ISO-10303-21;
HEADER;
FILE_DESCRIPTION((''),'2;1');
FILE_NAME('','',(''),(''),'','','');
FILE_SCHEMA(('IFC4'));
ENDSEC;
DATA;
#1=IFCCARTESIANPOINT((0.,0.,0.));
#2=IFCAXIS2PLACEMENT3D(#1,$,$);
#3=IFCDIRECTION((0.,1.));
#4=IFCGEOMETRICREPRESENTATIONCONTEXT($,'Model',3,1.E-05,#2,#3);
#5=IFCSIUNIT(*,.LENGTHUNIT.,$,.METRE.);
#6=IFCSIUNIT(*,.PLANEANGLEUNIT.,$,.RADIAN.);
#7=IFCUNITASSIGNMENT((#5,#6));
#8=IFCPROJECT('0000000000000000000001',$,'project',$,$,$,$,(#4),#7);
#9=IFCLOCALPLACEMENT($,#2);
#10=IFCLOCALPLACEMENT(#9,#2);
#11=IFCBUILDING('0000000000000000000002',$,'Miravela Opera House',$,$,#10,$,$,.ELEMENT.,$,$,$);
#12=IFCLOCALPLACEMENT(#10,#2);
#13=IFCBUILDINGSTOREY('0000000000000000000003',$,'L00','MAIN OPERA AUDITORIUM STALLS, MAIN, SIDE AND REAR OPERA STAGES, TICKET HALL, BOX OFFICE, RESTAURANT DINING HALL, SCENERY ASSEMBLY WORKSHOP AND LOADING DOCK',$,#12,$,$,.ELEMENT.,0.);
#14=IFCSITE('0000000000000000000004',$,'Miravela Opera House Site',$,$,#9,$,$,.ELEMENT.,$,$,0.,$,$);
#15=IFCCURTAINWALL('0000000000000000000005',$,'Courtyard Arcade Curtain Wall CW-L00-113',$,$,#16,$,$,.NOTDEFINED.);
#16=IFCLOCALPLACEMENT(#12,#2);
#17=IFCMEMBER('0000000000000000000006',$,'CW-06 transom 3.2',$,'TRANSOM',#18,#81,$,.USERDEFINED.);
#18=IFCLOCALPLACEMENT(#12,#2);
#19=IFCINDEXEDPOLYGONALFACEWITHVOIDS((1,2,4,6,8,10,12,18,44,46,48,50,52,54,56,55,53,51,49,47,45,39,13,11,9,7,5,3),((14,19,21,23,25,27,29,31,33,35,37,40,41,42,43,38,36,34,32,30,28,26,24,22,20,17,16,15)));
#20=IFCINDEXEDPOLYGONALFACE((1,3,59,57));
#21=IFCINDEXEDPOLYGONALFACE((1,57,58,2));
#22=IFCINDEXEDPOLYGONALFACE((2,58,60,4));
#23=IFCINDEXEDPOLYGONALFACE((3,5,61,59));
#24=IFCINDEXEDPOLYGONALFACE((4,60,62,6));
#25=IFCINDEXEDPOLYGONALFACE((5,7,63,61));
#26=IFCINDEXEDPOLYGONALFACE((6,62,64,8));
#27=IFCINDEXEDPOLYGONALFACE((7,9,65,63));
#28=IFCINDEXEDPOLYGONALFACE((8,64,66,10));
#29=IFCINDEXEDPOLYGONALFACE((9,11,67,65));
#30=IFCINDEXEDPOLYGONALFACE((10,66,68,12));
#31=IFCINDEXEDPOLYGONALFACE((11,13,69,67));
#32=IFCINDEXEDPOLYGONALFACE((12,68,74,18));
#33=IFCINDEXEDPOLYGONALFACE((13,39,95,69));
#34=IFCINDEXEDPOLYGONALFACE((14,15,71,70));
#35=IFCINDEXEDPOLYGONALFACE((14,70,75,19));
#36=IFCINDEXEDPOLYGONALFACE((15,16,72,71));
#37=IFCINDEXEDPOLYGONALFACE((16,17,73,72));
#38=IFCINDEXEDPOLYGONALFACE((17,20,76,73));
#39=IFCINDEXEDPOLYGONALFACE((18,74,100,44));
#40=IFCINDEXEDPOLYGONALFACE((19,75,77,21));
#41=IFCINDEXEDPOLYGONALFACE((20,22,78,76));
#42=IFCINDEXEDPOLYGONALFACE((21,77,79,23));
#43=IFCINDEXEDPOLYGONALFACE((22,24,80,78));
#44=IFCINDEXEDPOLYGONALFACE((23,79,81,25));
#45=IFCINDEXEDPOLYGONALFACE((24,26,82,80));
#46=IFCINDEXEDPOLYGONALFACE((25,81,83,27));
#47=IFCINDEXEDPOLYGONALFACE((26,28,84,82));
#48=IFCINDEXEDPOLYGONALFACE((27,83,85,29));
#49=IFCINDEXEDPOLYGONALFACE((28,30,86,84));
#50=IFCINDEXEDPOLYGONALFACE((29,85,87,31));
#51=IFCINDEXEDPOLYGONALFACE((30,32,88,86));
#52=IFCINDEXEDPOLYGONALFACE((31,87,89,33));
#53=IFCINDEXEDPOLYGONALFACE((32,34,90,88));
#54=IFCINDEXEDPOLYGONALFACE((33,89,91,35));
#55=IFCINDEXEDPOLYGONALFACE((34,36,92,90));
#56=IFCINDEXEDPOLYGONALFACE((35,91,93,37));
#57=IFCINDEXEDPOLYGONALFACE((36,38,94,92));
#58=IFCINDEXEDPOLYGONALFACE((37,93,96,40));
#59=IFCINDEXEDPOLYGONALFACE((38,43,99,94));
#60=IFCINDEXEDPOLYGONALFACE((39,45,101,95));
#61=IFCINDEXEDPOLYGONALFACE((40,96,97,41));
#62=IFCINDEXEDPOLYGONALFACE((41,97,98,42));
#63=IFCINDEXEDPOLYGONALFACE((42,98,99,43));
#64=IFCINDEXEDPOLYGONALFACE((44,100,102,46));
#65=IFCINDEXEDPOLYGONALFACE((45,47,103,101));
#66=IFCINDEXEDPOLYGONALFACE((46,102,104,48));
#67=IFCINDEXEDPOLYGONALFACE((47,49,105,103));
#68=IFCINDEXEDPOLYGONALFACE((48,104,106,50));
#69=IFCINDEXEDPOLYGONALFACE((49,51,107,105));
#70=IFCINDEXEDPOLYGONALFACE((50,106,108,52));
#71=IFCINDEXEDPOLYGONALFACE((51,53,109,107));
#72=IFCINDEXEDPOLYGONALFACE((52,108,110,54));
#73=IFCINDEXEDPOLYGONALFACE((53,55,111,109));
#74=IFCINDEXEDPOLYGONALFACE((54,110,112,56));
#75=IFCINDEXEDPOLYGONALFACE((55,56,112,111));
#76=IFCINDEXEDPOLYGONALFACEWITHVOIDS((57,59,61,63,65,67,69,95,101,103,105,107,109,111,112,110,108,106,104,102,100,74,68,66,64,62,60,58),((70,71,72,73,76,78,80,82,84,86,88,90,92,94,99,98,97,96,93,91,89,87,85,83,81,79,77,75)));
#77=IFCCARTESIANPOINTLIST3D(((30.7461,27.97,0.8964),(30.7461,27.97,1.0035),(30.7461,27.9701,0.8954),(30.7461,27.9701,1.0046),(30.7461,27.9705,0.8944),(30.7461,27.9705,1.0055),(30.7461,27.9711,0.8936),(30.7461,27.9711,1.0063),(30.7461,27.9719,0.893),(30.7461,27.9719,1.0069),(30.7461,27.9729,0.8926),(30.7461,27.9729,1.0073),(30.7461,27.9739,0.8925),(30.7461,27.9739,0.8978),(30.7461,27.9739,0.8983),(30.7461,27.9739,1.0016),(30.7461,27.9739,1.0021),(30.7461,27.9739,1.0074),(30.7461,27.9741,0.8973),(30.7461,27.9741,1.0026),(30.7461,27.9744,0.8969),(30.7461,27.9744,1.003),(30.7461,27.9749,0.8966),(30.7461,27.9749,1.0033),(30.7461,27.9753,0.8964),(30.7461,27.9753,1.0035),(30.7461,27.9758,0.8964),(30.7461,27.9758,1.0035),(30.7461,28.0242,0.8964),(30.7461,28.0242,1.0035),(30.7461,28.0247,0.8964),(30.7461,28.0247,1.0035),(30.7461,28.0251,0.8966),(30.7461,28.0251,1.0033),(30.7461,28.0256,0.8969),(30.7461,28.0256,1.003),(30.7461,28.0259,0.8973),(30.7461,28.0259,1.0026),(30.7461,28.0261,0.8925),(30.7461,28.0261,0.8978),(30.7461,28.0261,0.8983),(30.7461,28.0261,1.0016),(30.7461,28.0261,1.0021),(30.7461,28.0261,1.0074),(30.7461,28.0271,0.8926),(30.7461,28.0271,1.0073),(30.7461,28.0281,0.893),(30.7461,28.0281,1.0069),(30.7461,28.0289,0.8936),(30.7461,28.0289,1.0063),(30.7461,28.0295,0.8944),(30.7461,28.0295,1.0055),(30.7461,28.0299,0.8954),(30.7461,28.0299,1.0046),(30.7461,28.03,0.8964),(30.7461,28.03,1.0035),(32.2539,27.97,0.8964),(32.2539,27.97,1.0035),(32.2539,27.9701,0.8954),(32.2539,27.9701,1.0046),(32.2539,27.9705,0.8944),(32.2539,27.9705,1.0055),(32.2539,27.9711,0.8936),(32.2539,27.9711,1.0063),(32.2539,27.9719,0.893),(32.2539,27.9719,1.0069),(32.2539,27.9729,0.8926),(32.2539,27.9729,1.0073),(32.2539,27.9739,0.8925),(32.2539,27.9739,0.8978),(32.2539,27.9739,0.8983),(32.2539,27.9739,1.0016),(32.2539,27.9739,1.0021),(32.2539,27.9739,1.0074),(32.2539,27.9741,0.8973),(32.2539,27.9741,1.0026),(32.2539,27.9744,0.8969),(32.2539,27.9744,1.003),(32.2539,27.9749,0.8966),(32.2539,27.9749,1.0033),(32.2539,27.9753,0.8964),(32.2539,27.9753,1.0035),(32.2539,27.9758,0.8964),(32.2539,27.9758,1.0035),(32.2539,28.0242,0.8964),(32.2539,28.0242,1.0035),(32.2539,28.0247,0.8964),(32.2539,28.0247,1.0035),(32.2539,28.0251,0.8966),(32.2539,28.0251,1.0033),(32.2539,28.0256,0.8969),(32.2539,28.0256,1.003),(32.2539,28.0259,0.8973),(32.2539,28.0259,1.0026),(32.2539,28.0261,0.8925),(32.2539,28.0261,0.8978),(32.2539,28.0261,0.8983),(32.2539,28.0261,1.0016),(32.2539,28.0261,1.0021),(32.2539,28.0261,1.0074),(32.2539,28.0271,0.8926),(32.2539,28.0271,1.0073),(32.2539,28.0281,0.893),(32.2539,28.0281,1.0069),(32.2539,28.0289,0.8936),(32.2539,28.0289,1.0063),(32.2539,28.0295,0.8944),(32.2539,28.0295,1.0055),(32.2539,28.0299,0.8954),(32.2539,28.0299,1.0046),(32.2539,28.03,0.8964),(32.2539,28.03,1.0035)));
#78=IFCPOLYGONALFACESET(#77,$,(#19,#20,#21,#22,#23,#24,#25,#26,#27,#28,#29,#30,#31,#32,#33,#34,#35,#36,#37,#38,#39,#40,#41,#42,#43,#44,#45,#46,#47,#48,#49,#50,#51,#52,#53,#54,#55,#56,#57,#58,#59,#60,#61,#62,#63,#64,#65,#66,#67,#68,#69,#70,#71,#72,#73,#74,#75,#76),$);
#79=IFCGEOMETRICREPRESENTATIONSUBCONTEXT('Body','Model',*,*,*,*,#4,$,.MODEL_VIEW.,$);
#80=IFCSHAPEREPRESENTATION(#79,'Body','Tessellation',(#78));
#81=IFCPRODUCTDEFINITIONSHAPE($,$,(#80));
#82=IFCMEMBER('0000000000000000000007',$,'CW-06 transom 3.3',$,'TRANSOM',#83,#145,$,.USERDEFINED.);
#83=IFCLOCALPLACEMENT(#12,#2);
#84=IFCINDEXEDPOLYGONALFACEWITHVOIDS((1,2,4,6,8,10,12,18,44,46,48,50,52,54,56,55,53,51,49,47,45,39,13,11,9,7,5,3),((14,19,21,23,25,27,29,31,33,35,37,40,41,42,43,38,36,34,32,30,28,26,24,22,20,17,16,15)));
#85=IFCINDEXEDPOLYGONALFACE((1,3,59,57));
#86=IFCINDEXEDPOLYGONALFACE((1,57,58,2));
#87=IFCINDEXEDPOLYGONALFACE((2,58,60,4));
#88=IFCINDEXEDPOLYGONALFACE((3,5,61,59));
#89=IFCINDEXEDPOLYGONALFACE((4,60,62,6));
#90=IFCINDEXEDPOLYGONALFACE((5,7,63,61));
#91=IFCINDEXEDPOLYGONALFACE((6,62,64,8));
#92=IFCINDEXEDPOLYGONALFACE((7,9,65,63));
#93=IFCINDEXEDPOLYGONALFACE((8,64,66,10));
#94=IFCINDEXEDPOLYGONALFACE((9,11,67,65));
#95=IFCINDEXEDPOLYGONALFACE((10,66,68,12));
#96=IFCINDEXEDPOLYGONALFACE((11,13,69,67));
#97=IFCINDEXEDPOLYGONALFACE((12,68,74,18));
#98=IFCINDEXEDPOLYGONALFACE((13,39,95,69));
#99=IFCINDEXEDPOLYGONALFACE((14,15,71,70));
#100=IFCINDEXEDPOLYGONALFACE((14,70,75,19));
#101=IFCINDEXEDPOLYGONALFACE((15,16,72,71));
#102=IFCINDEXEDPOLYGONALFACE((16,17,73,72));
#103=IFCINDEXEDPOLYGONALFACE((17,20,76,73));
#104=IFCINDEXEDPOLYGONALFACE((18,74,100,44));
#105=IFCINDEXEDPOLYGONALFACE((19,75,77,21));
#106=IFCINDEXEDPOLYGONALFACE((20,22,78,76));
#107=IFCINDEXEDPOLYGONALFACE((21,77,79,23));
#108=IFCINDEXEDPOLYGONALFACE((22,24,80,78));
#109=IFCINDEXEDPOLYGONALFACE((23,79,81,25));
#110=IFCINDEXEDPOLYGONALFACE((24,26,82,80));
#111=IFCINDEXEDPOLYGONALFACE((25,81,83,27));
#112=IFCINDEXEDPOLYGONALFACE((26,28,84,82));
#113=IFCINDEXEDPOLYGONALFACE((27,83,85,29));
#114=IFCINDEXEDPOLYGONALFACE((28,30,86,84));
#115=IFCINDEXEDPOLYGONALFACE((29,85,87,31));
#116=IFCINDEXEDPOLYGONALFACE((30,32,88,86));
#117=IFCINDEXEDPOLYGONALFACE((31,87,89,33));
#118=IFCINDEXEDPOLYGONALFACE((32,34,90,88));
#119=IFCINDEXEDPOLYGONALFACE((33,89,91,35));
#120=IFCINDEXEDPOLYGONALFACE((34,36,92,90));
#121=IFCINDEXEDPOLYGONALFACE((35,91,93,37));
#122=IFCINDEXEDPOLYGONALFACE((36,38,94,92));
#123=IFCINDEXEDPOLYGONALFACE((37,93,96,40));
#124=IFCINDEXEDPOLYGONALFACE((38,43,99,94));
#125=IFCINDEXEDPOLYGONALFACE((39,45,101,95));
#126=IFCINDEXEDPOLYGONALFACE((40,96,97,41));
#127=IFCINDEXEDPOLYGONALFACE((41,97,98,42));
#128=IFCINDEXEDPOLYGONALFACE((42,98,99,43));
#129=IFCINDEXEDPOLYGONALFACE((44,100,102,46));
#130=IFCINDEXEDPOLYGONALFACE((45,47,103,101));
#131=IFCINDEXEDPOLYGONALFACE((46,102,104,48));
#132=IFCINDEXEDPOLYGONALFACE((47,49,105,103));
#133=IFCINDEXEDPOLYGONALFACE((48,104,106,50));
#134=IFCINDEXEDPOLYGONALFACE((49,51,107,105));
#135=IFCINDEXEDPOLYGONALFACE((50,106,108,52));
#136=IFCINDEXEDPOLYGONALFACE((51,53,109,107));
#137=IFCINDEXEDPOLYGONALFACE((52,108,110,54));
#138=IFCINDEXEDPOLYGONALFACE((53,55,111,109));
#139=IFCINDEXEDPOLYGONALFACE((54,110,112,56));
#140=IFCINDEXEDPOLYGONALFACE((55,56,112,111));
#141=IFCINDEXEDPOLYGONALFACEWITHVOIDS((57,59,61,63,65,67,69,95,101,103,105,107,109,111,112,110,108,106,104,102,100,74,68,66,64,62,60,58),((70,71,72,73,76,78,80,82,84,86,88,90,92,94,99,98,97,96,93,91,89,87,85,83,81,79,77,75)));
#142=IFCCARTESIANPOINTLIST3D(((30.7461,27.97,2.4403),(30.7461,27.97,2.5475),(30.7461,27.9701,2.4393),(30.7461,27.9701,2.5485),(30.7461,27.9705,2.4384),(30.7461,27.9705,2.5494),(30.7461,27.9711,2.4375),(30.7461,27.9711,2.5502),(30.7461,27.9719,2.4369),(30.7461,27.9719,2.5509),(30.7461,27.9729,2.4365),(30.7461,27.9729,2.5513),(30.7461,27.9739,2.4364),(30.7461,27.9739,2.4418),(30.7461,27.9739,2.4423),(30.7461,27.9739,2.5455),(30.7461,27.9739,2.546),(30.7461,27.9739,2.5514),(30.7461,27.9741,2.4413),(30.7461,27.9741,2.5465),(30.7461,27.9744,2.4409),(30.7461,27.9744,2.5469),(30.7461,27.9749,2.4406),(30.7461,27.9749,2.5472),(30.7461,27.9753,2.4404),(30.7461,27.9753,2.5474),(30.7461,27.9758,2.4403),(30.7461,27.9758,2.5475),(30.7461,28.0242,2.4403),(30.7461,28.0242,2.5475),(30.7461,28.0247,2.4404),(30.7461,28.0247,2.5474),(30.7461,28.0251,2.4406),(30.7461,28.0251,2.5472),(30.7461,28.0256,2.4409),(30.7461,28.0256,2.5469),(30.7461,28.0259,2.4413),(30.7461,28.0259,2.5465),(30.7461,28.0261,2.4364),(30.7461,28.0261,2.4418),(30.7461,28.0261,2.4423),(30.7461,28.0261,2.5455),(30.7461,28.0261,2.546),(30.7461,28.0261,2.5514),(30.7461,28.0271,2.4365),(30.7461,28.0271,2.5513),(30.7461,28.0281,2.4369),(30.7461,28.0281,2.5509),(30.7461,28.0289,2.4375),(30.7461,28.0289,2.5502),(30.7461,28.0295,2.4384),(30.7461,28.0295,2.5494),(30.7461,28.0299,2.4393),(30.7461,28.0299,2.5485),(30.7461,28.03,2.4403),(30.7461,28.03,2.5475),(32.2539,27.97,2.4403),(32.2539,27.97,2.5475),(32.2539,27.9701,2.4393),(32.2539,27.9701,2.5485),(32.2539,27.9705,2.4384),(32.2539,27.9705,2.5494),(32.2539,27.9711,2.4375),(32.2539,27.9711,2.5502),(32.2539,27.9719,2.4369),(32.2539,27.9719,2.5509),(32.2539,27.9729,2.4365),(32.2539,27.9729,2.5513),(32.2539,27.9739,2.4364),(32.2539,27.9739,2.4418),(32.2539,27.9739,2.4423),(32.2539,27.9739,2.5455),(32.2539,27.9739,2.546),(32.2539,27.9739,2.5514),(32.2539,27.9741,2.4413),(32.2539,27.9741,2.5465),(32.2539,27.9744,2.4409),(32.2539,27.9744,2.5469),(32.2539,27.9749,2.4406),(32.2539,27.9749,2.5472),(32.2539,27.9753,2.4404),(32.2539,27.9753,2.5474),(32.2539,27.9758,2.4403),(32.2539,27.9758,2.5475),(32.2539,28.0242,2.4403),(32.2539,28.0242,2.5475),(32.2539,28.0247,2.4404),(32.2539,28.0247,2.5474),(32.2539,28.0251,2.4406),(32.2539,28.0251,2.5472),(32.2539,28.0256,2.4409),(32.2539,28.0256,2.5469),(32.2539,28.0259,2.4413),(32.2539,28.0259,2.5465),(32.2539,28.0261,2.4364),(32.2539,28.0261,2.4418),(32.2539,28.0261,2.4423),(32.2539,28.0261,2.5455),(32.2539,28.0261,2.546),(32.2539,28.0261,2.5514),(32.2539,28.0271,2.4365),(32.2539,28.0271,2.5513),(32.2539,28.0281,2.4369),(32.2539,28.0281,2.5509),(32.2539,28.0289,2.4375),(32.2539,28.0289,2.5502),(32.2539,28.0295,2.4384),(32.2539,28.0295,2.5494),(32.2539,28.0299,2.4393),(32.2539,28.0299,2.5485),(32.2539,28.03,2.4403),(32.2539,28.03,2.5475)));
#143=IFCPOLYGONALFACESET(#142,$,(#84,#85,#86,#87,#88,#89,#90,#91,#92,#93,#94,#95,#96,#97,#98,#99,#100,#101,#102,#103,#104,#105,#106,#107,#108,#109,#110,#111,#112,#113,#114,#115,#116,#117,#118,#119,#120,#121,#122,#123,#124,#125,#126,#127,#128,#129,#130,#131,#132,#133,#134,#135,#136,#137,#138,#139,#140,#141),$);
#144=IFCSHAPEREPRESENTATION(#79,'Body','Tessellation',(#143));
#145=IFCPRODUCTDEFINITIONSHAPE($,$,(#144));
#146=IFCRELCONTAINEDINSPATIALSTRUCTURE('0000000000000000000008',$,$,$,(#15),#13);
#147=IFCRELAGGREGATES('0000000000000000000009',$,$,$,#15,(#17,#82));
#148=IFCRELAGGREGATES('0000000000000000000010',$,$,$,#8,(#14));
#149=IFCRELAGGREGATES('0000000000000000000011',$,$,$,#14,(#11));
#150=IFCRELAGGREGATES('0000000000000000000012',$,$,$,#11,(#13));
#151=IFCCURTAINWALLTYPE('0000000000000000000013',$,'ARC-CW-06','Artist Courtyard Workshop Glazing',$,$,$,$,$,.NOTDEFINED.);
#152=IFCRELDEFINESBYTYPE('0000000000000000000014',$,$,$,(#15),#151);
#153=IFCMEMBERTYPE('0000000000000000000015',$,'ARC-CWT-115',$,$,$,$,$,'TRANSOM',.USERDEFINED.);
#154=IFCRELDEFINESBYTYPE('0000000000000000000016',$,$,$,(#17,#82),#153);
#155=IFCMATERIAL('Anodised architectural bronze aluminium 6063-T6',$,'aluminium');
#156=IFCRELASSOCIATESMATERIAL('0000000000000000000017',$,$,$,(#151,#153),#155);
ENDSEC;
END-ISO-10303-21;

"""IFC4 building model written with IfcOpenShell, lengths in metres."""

from ifc_helpers import new_model, si_unit, direction, frame, origin, origin_2d, place, context, subcontext, project, spatial, hollow_rectangle, extrude, material, material_profile, profile_set, type_object, element, aggregate, save


model = new_model("IFC4")

# Units and contexts
model_context = context("Model", 3, precision=1e-05, world=origin(), true_north=direction((0.0, 1.0)))
body_context = subcontext(model_context, "Body", "Model", "MODEL_VIEW")
ifc_project = project(units=[si_unit("LENGTHUNIT", "METRE"), si_unit("PLANEANGLEUNIT", "RADIAN")], contexts=[model_context])

# Site, building, storey
site_placement = place(None, origin())
site = spatial("IfcSite", under=ifc_project, at=site_placement, Name="Miravela Opera House Site", CompositionType="ELEMENT", RefElevation=0.0)
building_placement = place(site_placement, origin())
building = spatial("IfcBuilding", under=site, at=building_placement, Name="Miravela Opera House", CompositionType="ELEMENT")
storey_placement = place(building_placement, origin())
storey = spatial("IfcBuildingStorey", under=building, at=storey_placement, Name="L00", Description="MAIN OPERA AUDITORIUM STALLS, MAIN, SIDE AND REAR OPERA STAGES, TICKET HALL, BOX OFFICE, RESTAURANT DINING HALL, SCENERY ASSEMBLY WORKSHOP AND LOADING DOCK", CompositionType="ELEMENT", Elevation=0.0)

# Curtain wall, members
ifc_material_1 = material(Name="Anodised architectural bronze aluminium 6063-T6", Category="aluminium")
curtain_wall_type = type_object("IfcCurtainWallType", Name="ARC-CW-06", Description="Artist Courtyard Workshop Glazing", PredefinedType="NOTDEFINED", material=ifc_material_1)
curtain_wall_placement = place(storey_placement, origin())
curtain_wall = element("IfcCurtainWall", 1, at=curtain_wall_placement, inside=storey, type_object=curtain_wall_type, Name="Courtyard Arcade Curtain Wall CW-L00-113", PredefinedType="NOTDEFINED")
ifc_material_profile_1 = material_profile(ifc_material_1, hollow_rectangle(XDim=0.0601, YDim=0.115, WallThickness=0.0039, InnerFilletRadius=0.002, OuterFilletRadius=0.0039, at=origin_2d()), Name="CWT-60X115")
ifc_profile_set_1 = profile_set([ifc_material_profile_1])
member_type_1 = type_object("IfcMemberType", Name="ARC-CWT-115", ElementType="TRANSOM", PredefinedType="USERDEFINED", material=ifc_profile_set_1)
member_1_placement = place(storey_placement, frame((30.7461, 28.0, 0.95), z_axis=(1.0, 0.0, 0.0), x_axis=(0.0, 1.0, 0.0)))
member_1 = element("IfcMember", 2, at=member_1_placement, type_object=member_type_1, Name="CW-06 transom 3.2", ObjectType="TRANSOM", PredefinedType="USERDEFINED", context=body_context, shape_type="SweptSolid", body=[
    extrude(hollow_rectangle(XDim=0.0601, YDim=0.115, WallThickness=0.0039, InnerFilletRadius=0.002, OuterFilletRadius=0.0039, at=origin_2d()), origin(), (0.0, 0.0, 1.0), 1.5078),
])
member_2_placement = place(storey_placement, frame((30.7461, 28.0, 2.4939), z_axis=(1.0, 0.0, 0.0), x_axis=(0.0, 1.0, 0.0)))
member_2 = element("IfcMember", 3, at=member_2_placement, type_object=member_type_1, Name="CW-06 transom 3.3", ObjectType="TRANSOM", PredefinedType="USERDEFINED", context=body_context, shape_type="SweptSolid", body=[
    extrude(hollow_rectangle(XDim=0.0601, YDim=0.115, WallThickness=0.0039, InnerFilletRadius=0.002, OuterFilletRadius=0.0039, at=origin_2d()), origin(), (0.0, 0.0, 1.0), 1.5078),
])
aggregate(curtain_wall, [member_1, member_2])

save(model, "model.ifc")
